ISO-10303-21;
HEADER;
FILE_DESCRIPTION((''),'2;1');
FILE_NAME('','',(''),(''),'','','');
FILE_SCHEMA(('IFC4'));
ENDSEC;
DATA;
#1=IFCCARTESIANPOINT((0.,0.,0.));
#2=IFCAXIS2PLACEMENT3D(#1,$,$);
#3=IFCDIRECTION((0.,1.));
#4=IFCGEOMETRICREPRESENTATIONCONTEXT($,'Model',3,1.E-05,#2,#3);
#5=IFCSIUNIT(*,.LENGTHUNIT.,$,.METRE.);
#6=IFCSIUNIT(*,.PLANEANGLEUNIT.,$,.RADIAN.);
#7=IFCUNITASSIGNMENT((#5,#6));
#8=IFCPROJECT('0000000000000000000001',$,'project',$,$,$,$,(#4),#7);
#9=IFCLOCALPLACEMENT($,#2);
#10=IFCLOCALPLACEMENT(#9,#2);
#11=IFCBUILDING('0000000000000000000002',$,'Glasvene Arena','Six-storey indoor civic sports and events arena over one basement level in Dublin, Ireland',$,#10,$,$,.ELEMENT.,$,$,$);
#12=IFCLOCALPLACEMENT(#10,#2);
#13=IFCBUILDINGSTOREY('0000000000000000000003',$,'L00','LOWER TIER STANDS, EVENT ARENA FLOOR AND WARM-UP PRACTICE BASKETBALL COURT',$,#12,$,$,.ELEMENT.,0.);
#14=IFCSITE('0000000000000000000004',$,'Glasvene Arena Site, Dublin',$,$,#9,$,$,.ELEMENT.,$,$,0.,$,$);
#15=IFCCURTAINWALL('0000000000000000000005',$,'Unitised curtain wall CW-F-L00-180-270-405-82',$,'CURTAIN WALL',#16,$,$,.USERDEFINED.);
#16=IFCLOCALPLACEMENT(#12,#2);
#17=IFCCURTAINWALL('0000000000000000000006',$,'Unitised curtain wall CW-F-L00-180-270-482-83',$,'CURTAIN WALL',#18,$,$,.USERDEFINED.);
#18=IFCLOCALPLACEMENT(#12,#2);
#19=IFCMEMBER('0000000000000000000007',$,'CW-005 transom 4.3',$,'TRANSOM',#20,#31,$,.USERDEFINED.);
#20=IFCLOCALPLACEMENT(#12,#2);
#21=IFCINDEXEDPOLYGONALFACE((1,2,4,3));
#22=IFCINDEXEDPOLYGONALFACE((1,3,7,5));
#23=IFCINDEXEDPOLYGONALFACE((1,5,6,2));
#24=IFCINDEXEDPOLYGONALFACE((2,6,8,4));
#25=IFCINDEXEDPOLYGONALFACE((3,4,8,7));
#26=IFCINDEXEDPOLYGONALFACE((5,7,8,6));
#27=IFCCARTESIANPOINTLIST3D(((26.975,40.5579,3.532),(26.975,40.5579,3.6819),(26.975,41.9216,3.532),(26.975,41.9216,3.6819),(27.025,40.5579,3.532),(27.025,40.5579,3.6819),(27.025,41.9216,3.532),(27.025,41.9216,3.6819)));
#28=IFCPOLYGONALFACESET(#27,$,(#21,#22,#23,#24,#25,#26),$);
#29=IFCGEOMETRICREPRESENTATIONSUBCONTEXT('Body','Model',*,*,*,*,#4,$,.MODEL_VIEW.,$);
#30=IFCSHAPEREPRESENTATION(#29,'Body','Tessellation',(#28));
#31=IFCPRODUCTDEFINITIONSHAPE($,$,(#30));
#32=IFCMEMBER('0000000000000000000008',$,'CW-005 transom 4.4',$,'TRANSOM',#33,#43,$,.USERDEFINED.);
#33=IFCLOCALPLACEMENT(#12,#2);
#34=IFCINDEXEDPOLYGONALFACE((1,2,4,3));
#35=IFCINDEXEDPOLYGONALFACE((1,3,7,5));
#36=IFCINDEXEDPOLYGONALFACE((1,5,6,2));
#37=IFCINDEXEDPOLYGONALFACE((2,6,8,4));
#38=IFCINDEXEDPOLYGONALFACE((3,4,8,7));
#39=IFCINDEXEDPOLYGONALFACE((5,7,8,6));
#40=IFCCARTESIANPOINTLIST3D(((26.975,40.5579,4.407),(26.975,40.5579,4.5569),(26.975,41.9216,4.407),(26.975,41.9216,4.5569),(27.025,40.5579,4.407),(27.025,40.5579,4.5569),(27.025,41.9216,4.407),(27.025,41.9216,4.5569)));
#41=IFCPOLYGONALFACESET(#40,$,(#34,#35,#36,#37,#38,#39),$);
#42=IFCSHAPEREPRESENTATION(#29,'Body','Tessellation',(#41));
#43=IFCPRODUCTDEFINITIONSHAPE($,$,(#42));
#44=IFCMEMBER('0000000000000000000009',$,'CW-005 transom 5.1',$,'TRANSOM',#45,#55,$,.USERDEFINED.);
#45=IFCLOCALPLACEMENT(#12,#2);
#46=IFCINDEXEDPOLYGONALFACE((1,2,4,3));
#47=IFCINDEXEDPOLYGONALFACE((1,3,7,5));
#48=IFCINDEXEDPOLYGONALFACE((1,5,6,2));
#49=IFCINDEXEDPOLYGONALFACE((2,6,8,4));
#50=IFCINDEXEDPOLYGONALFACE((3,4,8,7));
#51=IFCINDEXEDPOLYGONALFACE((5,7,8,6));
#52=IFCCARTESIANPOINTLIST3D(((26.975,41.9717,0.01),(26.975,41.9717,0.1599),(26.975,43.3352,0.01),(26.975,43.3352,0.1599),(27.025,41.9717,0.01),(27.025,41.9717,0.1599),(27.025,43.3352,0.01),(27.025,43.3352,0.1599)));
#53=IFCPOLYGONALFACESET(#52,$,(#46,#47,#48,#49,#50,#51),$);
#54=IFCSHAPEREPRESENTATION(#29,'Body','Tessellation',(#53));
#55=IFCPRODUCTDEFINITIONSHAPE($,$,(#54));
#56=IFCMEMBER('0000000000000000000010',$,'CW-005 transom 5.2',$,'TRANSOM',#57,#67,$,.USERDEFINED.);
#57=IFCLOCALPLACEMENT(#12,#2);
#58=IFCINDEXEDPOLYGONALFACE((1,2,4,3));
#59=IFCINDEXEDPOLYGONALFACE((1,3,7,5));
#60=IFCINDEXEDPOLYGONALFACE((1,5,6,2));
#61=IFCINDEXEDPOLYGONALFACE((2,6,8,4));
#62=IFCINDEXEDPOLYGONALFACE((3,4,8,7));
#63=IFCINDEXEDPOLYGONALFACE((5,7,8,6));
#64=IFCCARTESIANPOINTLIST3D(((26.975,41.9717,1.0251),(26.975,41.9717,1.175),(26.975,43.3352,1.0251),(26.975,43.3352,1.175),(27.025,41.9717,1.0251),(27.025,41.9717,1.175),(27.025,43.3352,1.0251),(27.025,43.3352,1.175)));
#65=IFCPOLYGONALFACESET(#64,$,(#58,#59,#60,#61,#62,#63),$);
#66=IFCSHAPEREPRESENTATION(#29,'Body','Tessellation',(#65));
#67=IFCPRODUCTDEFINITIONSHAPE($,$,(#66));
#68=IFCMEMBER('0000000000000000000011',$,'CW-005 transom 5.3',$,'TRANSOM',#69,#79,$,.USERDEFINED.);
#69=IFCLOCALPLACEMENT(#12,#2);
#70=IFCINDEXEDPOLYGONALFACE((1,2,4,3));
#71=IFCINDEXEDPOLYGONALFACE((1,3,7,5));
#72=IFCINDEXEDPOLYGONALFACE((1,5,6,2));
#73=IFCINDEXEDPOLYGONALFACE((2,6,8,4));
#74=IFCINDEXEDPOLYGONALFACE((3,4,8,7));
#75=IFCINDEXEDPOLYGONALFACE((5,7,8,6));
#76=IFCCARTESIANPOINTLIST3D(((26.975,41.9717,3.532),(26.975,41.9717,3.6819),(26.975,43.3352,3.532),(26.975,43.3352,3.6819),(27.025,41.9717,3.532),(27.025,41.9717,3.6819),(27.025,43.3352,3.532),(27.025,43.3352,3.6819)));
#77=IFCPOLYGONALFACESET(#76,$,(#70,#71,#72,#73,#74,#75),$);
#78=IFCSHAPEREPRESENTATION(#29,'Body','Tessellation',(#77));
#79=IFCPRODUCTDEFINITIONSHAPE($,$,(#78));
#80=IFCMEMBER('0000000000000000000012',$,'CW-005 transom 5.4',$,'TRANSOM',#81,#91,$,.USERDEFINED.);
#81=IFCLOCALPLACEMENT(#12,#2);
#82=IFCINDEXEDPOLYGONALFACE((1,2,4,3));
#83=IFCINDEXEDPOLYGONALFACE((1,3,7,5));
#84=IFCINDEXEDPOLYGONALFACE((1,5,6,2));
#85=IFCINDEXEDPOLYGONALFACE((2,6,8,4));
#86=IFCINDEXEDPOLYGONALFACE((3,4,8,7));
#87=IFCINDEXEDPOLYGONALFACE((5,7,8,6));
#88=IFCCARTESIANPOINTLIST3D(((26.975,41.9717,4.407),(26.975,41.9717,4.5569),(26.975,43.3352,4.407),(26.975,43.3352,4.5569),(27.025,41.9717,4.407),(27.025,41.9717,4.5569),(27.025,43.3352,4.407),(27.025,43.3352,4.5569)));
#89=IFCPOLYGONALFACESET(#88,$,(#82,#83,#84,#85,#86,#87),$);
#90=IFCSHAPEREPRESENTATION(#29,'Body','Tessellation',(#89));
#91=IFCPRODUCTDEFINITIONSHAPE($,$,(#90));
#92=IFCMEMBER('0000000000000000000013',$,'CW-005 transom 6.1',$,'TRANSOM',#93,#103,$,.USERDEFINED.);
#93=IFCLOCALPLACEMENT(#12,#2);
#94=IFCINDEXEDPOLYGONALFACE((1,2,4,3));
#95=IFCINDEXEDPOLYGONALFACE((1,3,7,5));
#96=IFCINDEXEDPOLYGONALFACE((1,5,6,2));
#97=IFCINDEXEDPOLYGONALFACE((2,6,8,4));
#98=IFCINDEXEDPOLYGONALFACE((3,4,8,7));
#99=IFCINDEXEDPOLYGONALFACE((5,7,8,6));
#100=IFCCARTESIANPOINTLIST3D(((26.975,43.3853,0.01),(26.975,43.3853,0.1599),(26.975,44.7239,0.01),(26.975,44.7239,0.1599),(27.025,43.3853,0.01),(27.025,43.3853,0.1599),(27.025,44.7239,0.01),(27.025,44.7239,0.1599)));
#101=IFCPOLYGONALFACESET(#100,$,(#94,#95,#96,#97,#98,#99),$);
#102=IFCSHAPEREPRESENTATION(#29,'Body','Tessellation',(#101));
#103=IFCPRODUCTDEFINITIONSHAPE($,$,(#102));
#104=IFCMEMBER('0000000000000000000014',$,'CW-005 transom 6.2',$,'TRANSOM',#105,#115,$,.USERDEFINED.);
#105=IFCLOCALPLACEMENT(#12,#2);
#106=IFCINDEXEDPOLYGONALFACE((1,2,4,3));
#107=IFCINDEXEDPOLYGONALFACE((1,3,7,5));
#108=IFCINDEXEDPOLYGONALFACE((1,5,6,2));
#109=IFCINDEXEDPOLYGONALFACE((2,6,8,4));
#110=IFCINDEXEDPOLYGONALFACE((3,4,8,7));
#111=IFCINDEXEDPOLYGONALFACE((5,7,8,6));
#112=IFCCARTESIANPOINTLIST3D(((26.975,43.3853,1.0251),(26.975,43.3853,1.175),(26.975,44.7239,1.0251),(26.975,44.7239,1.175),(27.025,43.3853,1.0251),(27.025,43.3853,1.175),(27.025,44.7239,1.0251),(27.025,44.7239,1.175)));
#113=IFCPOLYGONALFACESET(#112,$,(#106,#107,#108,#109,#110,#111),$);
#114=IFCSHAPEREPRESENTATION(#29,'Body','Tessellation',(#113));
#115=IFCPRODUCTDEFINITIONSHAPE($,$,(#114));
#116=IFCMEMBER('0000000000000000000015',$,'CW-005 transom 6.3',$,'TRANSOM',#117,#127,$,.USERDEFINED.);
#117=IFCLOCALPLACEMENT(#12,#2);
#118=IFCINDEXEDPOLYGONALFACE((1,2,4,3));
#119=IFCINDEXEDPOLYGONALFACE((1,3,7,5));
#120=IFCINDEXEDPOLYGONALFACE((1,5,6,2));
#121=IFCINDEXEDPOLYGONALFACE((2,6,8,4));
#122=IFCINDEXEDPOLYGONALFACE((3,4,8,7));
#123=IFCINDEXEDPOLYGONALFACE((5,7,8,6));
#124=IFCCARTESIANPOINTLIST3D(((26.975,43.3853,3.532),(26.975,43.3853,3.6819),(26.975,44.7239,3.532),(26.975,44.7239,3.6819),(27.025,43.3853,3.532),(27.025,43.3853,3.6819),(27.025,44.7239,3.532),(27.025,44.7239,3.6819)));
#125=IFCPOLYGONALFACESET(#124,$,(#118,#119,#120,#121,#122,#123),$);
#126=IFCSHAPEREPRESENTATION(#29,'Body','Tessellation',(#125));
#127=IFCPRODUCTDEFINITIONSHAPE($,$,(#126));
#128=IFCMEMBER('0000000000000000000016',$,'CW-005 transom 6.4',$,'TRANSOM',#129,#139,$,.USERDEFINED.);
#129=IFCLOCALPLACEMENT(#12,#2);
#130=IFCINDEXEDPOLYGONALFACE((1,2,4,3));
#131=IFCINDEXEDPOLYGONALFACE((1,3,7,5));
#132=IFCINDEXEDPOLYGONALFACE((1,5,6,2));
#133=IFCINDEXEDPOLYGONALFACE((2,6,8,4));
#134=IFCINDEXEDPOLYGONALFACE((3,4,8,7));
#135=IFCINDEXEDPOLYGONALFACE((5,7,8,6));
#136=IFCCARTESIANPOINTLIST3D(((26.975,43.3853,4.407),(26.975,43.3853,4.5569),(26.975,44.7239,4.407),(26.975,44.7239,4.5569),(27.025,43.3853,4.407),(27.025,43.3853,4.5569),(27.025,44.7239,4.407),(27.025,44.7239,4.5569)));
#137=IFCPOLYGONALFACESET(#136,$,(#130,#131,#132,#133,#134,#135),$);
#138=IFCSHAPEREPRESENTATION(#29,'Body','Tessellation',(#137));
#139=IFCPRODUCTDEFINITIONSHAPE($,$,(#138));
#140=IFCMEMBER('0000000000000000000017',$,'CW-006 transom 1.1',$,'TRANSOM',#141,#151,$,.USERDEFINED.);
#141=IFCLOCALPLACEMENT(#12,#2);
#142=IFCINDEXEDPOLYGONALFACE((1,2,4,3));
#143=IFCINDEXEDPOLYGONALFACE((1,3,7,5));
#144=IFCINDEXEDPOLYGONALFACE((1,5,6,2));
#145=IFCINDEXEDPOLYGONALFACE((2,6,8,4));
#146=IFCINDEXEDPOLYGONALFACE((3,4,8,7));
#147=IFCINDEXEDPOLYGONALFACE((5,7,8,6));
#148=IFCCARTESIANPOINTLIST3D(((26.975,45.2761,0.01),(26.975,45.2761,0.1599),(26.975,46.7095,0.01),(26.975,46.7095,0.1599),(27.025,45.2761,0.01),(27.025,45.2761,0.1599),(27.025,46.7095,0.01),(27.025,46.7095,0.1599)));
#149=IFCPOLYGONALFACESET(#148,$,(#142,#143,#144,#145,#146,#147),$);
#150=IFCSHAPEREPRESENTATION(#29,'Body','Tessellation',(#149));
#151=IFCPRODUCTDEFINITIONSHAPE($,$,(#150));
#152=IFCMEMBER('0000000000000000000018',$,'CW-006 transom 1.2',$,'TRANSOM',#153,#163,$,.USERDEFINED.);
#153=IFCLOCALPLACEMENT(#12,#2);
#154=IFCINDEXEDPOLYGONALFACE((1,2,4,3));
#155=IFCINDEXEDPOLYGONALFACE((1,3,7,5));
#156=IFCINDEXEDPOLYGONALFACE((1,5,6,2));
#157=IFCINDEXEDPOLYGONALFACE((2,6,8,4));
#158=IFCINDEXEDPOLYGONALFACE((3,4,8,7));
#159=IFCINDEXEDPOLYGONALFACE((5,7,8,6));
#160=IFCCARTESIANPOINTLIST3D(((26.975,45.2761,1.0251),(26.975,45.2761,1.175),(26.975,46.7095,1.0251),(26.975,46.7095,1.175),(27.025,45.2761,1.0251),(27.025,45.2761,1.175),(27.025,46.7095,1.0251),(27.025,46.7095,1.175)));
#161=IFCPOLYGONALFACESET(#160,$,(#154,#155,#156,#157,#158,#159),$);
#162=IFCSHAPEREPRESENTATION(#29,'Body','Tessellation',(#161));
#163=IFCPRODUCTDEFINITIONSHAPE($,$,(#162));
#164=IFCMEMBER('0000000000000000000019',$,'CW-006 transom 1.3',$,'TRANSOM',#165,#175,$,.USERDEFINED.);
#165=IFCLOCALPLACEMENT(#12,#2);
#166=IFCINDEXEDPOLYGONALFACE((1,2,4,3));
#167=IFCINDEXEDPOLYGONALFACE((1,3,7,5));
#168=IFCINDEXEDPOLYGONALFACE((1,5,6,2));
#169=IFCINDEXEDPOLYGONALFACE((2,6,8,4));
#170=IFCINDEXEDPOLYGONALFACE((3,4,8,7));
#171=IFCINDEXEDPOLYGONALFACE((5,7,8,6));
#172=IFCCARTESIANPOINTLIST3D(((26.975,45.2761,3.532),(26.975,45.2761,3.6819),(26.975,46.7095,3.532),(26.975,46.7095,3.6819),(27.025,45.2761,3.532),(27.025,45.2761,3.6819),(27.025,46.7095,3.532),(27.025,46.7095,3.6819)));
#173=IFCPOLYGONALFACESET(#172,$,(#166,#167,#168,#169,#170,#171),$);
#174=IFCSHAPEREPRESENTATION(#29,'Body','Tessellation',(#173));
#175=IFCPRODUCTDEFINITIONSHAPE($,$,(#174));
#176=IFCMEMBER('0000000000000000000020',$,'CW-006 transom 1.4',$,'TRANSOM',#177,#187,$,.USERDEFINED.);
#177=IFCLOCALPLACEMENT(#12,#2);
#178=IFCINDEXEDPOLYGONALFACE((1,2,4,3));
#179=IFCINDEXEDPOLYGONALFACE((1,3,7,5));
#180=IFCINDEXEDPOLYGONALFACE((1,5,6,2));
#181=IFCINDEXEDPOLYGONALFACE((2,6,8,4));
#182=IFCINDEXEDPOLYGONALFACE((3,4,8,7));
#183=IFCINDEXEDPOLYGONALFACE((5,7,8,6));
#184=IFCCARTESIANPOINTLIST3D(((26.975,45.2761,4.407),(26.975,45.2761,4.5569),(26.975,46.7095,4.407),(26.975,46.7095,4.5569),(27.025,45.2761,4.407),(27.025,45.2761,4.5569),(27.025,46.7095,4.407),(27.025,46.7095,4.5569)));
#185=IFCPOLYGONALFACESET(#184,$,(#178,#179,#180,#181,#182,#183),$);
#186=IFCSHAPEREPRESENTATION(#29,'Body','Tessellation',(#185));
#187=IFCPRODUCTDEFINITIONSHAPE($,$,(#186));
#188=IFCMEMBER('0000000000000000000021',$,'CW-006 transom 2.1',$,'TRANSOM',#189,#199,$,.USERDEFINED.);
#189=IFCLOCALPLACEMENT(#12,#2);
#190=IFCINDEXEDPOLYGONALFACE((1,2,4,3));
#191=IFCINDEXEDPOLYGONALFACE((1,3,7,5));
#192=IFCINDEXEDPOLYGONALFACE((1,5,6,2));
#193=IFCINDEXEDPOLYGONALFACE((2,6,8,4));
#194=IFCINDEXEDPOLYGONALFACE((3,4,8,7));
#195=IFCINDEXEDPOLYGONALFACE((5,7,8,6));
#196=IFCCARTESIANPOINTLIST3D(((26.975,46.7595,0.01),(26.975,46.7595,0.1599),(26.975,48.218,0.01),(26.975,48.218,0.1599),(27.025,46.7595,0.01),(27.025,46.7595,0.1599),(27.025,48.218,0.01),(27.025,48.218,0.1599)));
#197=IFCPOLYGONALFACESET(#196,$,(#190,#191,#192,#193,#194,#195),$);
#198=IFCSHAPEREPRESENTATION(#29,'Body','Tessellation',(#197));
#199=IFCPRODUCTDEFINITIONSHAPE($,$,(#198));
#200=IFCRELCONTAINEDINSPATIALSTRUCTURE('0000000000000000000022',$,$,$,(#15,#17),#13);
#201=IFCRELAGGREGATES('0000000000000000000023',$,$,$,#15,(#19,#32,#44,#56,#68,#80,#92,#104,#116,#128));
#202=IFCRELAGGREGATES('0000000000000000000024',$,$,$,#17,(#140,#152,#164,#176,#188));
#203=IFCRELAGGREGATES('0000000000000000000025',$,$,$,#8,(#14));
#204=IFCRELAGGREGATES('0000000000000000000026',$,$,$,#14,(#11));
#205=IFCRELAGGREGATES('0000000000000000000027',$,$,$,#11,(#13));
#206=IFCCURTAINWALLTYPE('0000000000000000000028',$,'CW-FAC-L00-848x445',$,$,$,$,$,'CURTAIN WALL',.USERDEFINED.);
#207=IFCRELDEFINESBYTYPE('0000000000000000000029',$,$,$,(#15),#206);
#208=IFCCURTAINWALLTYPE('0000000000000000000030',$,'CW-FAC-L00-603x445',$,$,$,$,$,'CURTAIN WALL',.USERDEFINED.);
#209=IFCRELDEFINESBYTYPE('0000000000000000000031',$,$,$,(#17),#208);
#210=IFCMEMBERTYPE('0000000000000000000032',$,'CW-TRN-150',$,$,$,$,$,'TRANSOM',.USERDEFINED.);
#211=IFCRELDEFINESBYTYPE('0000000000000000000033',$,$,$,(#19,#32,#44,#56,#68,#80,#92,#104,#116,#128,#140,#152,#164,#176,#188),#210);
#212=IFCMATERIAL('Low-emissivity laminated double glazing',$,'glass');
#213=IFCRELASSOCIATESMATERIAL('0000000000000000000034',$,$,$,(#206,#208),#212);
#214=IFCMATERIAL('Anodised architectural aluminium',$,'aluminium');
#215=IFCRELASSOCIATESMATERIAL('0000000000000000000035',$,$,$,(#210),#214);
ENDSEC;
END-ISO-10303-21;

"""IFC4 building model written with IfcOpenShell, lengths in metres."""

from ifc_helpers import new_model, si_unit, direction, frame, origin, origin_2d, place, context, subcontext, project, spatial, rectangle, extrude, material, material_profile, profile_set, type_object, element, aggregate, save


model = new_model("IFC4")

# Units and contexts
model_context = context("Model", 3, precision=1e-05, world=origin(), true_north=direction((0.0, 1.0)))
body_context = subcontext(model_context, "Body", "Model", "MODEL_VIEW")
ifc_project = project(units=[si_unit("LENGTHUNIT", "METRE"), si_unit("PLANEANGLEUNIT", "RADIAN")], contexts=[model_context])

# Site, building, storey
site_placement = place(None, origin())
site = spatial("IfcSite", under=ifc_project, at=site_placement, Name="Glasvene Arena Site, Dublin", CompositionType="ELEMENT", RefElevation=0.0)
building_placement = place(site_placement, origin())
building = spatial("IfcBuilding", under=site, at=building_placement, Name="Glasvene Arena", Description="Six-storey indoor civic sports and events arena over one basement level in Dublin, Ireland", CompositionType="ELEMENT")
storey_placement = place(building_placement, origin())
storey = spatial("IfcBuildingStorey", under=building, at=storey_placement, Name="L00", Description="LOWER TIER STANDS, EVENT ARENA FLOOR AND WARM-UP PRACTICE BASKETBALL COURT", CompositionType="ELEMENT", Elevation=0.0)

# Curtain walls
ifc_material_1 = material(Name="Low-emissivity laminated double glazing", Category="glass")
curtain_wall_type_1 = type_object("IfcCurtainWallType", Name="CW-FAC-L00-848x445", ElementType="CURTAIN WALL", PredefinedType="USERDEFINED", material=ifc_material_1)
curtain_wall_1_placement = place(storey_placement, frame((27.0, 36.292, 0.0)))
curtain_wall_1 = element("IfcCurtainWall", 1, at=curtain_wall_1_placement, inside=storey, type_object=curtain_wall_type_1, Name="Unitised curtain wall CW-F-L00-180-270-405-82", ObjectType="CURTAIN WALL", PredefinedType="USERDEFINED")
ifc_material_2 = material(Name="Anodised architectural aluminium", Category="aluminium")
curtain_wall_type_2 = type_object("IfcCurtainWallType", Name="CW-FAC-L00-603x445", ElementType="CURTAIN WALL", PredefinedType="USERDEFINED", material=ifc_material_1)
curtain_wall_2_placement = place(storey_placement, frame((27.0, 45.2261, 0.0)))
curtain_wall_2 = element("IfcCurtainWall", 2, at=curtain_wall_2_placement, inside=storey, type_object=curtain_wall_type_2, Name="Unitised curtain wall CW-F-L00-180-270-482-83", ObjectType="CURTAIN WALL", PredefinedType="USERDEFINED")

# Members
ifc_material_profile_1 = material_profile(ifc_material_2, rectangle(XDim=0.05, YDim=0.1499, at=origin_2d()), Name="ALU TRANSOM 50x150")
ifc_profile_set_1 = profile_set([ifc_material_profile_1], Name="Anodised architectural aluminium")
member_type_1 = type_object("IfcMemberType", Name="CW-TRN-150", ElementType="TRANSOM", PredefinedType="USERDEFINED", material=ifc_profile_set_1)
member_1_placement = place(storey_placement, frame((27.0, 40.5579, 3.6069), z_axis=(0.0, 1.0, 0.0), x_axis=(-1.0, 0.0, 0.0)))
member_1 = element("IfcMember", 3, at=member_1_placement, type_object=member_type_1, Name="CW-005 transom 4.3", ObjectType="TRANSOM", PredefinedType="USERDEFINED", context=body_context, shape_type="SweptSolid", body=[
    extrude(rectangle(XDim=0.05, YDim=0.1499, at=origin_2d()), origin(), (0.0, 0.0, 1.0), 1.3638),
])
member_2_placement = place(storey_placement, frame((27.0, 40.5579, 4.4819), z_axis=(0.0, 1.0, 0.0), x_axis=(-1.0, 0.0, 0.0)))
member_2 = element("IfcMember", 4, at=member_2_placement, type_object=member_type_1, Name="CW-005 transom 4.4", ObjectType="TRANSOM", PredefinedType="USERDEFINED", context=body_context, shape_type="SweptSolid", body=[
    extrude(rectangle(XDim=0.05, YDim=0.1499, at=origin_2d()), origin(), (0.0, 0.0, 1.0), 1.3638),
])
member_3_placement = place(storey_placement, frame((27.0, 41.9717, 0.085), z_axis=(0.0, 1.0, 0.0), x_axis=(-1.0, 0.0, 0.0)))
member_3 = element("IfcMember", 5, at=member_3_placement, type_object=member_type_1, Name="CW-005 transom 5.1", ObjectType="TRANSOM", PredefinedType="USERDEFINED", context=body_context, shape_type="SweptSolid", body=[
    extrude(rectangle(XDim=0.05, YDim=0.1499, at=origin_2d()), origin(), (0.0, 0.0, 1.0), 1.3635),
])
member_4_placement = place(storey_placement, frame((27.0, 41.9717, 1.1001), z_axis=(0.0, 1.0, 0.0), x_axis=(-1.0, 0.0, 0.0)))
member_4 = element("IfcMember", 6, at=member_4_placement, type_object=member_type_1, Name="CW-005 transom 5.2", ObjectType="TRANSOM", PredefinedType="USERDEFINED", context=body_context, shape_type="SweptSolid", body=[
    extrude(rectangle(XDim=0.05, YDim=0.1499, at=origin_2d()), origin(), (0.0, 0.0, 1.0), 1.3635),
])
member_5_placement = place(storey_placement, frame((27.0, 41.9717, 3.6069), z_axis=(0.0, 1.0, 0.0), x_axis=(-1.0, 0.0, 0.0)))
member_5 = element("IfcMember", 7, at=member_5_placement, type_object=member_type_1, Name="CW-005 transom 5.3", ObjectType="TRANSOM", PredefinedType="USERDEFINED", context=body_context, shape_type="SweptSolid", body=[
    extrude(rectangle(XDim=0.05, YDim=0.1499, at=origin_2d()), origin(), (0.0, 0.0, 1.0), 1.3635),
])
member_6_placement = place(storey_placement, frame((27.0, 41.9717, 4.4819), z_axis=(0.0, 1.0, 0.0), x_axis=(-1.0, 0.0, 0.0)))
member_6 = element("IfcMember", 8, at=member_6_placement, type_object=member_type_1, Name="CW-005 transom 5.4", ObjectType="TRANSOM", PredefinedType="USERDEFINED", context=body_context, shape_type="SweptSolid", body=[
    extrude(rectangle(XDim=0.05, YDim=0.1499, at=origin_2d()), origin(), (0.0, 0.0, 1.0), 1.3635),
])
member_7_placement = place(storey_placement, frame((27.0, 43.3853, 0.085), z_axis=(0.0, 1.0, 0.0), x_axis=(-1.0, 0.0, 0.0)))
member_7 = element("IfcMember", 9, at=member_7_placement, type_object=member_type_1, Name="CW-005 transom 6.1", ObjectType="TRANSOM", PredefinedType="USERDEFINED", context=body_context, shape_type="SweptSolid", body=[
    extrude(rectangle(XDim=0.05, YDim=0.1499, at=origin_2d()), origin(), (0.0, 0.0, 1.0), 1.3386),
])
member_8_placement = place(storey_placement, frame((27.0, 43.3853, 1.1001), z_axis=(0.0, 1.0, 0.0), x_axis=(-1.0, 0.0, 0.0)))
member_8 = element("IfcMember", 10, at=member_8_placement, type_object=member_type_1, Name="CW-005 transom 6.2", ObjectType="TRANSOM", PredefinedType="USERDEFINED", context=body_context, shape_type="SweptSolid", body=[
    extrude(rectangle(XDim=0.05, YDim=0.1499, at=origin_2d()), origin(), (0.0, 0.0, 1.0), 1.3386),
])
member_9_placement = place(storey_placement, frame((27.0, 43.3853, 3.6069), z_axis=(0.0, 1.0, 0.0), x_axis=(-1.0, 0.0, 0.0)))
member_9 = element("IfcMember", 11, at=member_9_placement, type_object=member_type_1, Name="CW-005 transom 6.3", ObjectType="TRANSOM", PredefinedType="USERDEFINED", context=body_context, shape_type="SweptSolid", body=[
    extrude(rectangle(XDim=0.05, YDim=0.1499, at=origin_2d()), origin(), (0.0, 0.0, 1.0), 1.3386),
])
member_10_placement = place(storey_placement, frame((27.0, 43.3853, 4.4819), z_axis=(0.0, 1.0, 0.0), x_axis=(-1.0, 0.0, 0.0)))
member_10 = element("IfcMember", 12, at=member_10_placement, type_object=member_type_1, Name="CW-005 transom 6.4", ObjectType="TRANSOM", PredefinedType="USERDEFINED", context=body_context, shape_type="SweptSolid", body=[
    extrude(rectangle(XDim=0.05, YDim=0.1499, at=origin_2d()), origin(), (0.0, 0.0, 1.0), 1.3386),
])
member_11_placement = place(storey_placement, frame((27.0, 45.2761, 0.085), z_axis=(0.0, 1.0, 0.0), x_axis=(-1.0, 0.0, 0.0)))
member_11 = element("IfcMember", 13, at=member_11_placement, type_object=member_type_1, Name="CW-006 transom 1.1", ObjectType="TRANSOM", PredefinedType="USERDEFINED", context=body_context, shape_type="SweptSolid", body=[
    extrude(rectangle(XDim=0.05, YDim=0.1499, at=origin_2d()), origin(), (0.0, 0.0, 1.0), 1.4333),
])
member_12_placement = place(storey_placement, frame((27.0, 45.2761, 1.1001), z_axis=(0.0, 1.0, 0.0), x_axis=(-1.0, 0.0, 0.0)))
member_12 = element("IfcMember", 14, at=member_12_placement, type_object=member_type_1, Name="CW-006 transom 1.2", ObjectType="TRANSOM", PredefinedType="USERDEFINED", context=body_context, shape_type="SweptSolid", body=[
    extrude(rectangle(XDim=0.05, YDim=0.1499, at=origin_2d()), origin(), (0.0, 0.0, 1.0), 1.4333),
])
member_13_placement = place(storey_placement, frame((27.0, 45.2761, 3.6069), z_axis=(0.0, 1.0, 0.0), x_axis=(-1.0, 0.0, 0.0)))
member_13 = element("IfcMember", 15, at=member_13_placement, type_object=member_type_1, Name="CW-006 transom 1.3", ObjectType="TRANSOM", PredefinedType="USERDEFINED", context=body_context, shape_type="SweptSolid", body=[
    extrude(rectangle(XDim=0.05, YDim=0.1499, at=origin_2d()), origin(), (0.0, 0.0, 1.0), 1.4333),
])
member_14_placement = place(storey_placement, frame((27.0, 45.2761, 4.4819), z_axis=(0.0, 1.0, 0.0), x_axis=(-1.0, 0.0, 0.0)))
member_14 = element("IfcMember", 16, at=member_14_placement, type_object=member_type_1, Name="CW-006 transom 1.4", ObjectType="TRANSOM", PredefinedType="USERDEFINED", context=body_context, shape_type="SweptSolid", body=[
    extrude(rectangle(XDim=0.05, YDim=0.1499, at=origin_2d()), origin(), (0.0, 0.0, 1.0), 1.4333),
])
member_15_placement = place(storey_placement, frame((27.0, 46.7595, 0.085), z_axis=(0.0, 1.0, 0.0), x_axis=(-1.0, 0.0, 0.0)))
member_15 = element("IfcMember", 17, at=member_15_placement, type_object=member_type_1, Name="CW-006 transom 2.1", ObjectType="TRANSOM", PredefinedType="USERDEFINED", context=body_context, shape_type="SweptSolid", body=[
    extrude(rectangle(XDim=0.05, YDim=0.1499, at=origin_2d()), origin(), (0.0, 0.0, 1.0), 1.4585),
])

aggregate(curtain_wall_1, [member_1, member_2, member_3, member_4, member_5, member_6, member_7, member_8, member_9, member_10])
aggregate(curtain_wall_2, [member_11, member_12, member_13, member_14, member_15])

save(model, "model.ifc")
